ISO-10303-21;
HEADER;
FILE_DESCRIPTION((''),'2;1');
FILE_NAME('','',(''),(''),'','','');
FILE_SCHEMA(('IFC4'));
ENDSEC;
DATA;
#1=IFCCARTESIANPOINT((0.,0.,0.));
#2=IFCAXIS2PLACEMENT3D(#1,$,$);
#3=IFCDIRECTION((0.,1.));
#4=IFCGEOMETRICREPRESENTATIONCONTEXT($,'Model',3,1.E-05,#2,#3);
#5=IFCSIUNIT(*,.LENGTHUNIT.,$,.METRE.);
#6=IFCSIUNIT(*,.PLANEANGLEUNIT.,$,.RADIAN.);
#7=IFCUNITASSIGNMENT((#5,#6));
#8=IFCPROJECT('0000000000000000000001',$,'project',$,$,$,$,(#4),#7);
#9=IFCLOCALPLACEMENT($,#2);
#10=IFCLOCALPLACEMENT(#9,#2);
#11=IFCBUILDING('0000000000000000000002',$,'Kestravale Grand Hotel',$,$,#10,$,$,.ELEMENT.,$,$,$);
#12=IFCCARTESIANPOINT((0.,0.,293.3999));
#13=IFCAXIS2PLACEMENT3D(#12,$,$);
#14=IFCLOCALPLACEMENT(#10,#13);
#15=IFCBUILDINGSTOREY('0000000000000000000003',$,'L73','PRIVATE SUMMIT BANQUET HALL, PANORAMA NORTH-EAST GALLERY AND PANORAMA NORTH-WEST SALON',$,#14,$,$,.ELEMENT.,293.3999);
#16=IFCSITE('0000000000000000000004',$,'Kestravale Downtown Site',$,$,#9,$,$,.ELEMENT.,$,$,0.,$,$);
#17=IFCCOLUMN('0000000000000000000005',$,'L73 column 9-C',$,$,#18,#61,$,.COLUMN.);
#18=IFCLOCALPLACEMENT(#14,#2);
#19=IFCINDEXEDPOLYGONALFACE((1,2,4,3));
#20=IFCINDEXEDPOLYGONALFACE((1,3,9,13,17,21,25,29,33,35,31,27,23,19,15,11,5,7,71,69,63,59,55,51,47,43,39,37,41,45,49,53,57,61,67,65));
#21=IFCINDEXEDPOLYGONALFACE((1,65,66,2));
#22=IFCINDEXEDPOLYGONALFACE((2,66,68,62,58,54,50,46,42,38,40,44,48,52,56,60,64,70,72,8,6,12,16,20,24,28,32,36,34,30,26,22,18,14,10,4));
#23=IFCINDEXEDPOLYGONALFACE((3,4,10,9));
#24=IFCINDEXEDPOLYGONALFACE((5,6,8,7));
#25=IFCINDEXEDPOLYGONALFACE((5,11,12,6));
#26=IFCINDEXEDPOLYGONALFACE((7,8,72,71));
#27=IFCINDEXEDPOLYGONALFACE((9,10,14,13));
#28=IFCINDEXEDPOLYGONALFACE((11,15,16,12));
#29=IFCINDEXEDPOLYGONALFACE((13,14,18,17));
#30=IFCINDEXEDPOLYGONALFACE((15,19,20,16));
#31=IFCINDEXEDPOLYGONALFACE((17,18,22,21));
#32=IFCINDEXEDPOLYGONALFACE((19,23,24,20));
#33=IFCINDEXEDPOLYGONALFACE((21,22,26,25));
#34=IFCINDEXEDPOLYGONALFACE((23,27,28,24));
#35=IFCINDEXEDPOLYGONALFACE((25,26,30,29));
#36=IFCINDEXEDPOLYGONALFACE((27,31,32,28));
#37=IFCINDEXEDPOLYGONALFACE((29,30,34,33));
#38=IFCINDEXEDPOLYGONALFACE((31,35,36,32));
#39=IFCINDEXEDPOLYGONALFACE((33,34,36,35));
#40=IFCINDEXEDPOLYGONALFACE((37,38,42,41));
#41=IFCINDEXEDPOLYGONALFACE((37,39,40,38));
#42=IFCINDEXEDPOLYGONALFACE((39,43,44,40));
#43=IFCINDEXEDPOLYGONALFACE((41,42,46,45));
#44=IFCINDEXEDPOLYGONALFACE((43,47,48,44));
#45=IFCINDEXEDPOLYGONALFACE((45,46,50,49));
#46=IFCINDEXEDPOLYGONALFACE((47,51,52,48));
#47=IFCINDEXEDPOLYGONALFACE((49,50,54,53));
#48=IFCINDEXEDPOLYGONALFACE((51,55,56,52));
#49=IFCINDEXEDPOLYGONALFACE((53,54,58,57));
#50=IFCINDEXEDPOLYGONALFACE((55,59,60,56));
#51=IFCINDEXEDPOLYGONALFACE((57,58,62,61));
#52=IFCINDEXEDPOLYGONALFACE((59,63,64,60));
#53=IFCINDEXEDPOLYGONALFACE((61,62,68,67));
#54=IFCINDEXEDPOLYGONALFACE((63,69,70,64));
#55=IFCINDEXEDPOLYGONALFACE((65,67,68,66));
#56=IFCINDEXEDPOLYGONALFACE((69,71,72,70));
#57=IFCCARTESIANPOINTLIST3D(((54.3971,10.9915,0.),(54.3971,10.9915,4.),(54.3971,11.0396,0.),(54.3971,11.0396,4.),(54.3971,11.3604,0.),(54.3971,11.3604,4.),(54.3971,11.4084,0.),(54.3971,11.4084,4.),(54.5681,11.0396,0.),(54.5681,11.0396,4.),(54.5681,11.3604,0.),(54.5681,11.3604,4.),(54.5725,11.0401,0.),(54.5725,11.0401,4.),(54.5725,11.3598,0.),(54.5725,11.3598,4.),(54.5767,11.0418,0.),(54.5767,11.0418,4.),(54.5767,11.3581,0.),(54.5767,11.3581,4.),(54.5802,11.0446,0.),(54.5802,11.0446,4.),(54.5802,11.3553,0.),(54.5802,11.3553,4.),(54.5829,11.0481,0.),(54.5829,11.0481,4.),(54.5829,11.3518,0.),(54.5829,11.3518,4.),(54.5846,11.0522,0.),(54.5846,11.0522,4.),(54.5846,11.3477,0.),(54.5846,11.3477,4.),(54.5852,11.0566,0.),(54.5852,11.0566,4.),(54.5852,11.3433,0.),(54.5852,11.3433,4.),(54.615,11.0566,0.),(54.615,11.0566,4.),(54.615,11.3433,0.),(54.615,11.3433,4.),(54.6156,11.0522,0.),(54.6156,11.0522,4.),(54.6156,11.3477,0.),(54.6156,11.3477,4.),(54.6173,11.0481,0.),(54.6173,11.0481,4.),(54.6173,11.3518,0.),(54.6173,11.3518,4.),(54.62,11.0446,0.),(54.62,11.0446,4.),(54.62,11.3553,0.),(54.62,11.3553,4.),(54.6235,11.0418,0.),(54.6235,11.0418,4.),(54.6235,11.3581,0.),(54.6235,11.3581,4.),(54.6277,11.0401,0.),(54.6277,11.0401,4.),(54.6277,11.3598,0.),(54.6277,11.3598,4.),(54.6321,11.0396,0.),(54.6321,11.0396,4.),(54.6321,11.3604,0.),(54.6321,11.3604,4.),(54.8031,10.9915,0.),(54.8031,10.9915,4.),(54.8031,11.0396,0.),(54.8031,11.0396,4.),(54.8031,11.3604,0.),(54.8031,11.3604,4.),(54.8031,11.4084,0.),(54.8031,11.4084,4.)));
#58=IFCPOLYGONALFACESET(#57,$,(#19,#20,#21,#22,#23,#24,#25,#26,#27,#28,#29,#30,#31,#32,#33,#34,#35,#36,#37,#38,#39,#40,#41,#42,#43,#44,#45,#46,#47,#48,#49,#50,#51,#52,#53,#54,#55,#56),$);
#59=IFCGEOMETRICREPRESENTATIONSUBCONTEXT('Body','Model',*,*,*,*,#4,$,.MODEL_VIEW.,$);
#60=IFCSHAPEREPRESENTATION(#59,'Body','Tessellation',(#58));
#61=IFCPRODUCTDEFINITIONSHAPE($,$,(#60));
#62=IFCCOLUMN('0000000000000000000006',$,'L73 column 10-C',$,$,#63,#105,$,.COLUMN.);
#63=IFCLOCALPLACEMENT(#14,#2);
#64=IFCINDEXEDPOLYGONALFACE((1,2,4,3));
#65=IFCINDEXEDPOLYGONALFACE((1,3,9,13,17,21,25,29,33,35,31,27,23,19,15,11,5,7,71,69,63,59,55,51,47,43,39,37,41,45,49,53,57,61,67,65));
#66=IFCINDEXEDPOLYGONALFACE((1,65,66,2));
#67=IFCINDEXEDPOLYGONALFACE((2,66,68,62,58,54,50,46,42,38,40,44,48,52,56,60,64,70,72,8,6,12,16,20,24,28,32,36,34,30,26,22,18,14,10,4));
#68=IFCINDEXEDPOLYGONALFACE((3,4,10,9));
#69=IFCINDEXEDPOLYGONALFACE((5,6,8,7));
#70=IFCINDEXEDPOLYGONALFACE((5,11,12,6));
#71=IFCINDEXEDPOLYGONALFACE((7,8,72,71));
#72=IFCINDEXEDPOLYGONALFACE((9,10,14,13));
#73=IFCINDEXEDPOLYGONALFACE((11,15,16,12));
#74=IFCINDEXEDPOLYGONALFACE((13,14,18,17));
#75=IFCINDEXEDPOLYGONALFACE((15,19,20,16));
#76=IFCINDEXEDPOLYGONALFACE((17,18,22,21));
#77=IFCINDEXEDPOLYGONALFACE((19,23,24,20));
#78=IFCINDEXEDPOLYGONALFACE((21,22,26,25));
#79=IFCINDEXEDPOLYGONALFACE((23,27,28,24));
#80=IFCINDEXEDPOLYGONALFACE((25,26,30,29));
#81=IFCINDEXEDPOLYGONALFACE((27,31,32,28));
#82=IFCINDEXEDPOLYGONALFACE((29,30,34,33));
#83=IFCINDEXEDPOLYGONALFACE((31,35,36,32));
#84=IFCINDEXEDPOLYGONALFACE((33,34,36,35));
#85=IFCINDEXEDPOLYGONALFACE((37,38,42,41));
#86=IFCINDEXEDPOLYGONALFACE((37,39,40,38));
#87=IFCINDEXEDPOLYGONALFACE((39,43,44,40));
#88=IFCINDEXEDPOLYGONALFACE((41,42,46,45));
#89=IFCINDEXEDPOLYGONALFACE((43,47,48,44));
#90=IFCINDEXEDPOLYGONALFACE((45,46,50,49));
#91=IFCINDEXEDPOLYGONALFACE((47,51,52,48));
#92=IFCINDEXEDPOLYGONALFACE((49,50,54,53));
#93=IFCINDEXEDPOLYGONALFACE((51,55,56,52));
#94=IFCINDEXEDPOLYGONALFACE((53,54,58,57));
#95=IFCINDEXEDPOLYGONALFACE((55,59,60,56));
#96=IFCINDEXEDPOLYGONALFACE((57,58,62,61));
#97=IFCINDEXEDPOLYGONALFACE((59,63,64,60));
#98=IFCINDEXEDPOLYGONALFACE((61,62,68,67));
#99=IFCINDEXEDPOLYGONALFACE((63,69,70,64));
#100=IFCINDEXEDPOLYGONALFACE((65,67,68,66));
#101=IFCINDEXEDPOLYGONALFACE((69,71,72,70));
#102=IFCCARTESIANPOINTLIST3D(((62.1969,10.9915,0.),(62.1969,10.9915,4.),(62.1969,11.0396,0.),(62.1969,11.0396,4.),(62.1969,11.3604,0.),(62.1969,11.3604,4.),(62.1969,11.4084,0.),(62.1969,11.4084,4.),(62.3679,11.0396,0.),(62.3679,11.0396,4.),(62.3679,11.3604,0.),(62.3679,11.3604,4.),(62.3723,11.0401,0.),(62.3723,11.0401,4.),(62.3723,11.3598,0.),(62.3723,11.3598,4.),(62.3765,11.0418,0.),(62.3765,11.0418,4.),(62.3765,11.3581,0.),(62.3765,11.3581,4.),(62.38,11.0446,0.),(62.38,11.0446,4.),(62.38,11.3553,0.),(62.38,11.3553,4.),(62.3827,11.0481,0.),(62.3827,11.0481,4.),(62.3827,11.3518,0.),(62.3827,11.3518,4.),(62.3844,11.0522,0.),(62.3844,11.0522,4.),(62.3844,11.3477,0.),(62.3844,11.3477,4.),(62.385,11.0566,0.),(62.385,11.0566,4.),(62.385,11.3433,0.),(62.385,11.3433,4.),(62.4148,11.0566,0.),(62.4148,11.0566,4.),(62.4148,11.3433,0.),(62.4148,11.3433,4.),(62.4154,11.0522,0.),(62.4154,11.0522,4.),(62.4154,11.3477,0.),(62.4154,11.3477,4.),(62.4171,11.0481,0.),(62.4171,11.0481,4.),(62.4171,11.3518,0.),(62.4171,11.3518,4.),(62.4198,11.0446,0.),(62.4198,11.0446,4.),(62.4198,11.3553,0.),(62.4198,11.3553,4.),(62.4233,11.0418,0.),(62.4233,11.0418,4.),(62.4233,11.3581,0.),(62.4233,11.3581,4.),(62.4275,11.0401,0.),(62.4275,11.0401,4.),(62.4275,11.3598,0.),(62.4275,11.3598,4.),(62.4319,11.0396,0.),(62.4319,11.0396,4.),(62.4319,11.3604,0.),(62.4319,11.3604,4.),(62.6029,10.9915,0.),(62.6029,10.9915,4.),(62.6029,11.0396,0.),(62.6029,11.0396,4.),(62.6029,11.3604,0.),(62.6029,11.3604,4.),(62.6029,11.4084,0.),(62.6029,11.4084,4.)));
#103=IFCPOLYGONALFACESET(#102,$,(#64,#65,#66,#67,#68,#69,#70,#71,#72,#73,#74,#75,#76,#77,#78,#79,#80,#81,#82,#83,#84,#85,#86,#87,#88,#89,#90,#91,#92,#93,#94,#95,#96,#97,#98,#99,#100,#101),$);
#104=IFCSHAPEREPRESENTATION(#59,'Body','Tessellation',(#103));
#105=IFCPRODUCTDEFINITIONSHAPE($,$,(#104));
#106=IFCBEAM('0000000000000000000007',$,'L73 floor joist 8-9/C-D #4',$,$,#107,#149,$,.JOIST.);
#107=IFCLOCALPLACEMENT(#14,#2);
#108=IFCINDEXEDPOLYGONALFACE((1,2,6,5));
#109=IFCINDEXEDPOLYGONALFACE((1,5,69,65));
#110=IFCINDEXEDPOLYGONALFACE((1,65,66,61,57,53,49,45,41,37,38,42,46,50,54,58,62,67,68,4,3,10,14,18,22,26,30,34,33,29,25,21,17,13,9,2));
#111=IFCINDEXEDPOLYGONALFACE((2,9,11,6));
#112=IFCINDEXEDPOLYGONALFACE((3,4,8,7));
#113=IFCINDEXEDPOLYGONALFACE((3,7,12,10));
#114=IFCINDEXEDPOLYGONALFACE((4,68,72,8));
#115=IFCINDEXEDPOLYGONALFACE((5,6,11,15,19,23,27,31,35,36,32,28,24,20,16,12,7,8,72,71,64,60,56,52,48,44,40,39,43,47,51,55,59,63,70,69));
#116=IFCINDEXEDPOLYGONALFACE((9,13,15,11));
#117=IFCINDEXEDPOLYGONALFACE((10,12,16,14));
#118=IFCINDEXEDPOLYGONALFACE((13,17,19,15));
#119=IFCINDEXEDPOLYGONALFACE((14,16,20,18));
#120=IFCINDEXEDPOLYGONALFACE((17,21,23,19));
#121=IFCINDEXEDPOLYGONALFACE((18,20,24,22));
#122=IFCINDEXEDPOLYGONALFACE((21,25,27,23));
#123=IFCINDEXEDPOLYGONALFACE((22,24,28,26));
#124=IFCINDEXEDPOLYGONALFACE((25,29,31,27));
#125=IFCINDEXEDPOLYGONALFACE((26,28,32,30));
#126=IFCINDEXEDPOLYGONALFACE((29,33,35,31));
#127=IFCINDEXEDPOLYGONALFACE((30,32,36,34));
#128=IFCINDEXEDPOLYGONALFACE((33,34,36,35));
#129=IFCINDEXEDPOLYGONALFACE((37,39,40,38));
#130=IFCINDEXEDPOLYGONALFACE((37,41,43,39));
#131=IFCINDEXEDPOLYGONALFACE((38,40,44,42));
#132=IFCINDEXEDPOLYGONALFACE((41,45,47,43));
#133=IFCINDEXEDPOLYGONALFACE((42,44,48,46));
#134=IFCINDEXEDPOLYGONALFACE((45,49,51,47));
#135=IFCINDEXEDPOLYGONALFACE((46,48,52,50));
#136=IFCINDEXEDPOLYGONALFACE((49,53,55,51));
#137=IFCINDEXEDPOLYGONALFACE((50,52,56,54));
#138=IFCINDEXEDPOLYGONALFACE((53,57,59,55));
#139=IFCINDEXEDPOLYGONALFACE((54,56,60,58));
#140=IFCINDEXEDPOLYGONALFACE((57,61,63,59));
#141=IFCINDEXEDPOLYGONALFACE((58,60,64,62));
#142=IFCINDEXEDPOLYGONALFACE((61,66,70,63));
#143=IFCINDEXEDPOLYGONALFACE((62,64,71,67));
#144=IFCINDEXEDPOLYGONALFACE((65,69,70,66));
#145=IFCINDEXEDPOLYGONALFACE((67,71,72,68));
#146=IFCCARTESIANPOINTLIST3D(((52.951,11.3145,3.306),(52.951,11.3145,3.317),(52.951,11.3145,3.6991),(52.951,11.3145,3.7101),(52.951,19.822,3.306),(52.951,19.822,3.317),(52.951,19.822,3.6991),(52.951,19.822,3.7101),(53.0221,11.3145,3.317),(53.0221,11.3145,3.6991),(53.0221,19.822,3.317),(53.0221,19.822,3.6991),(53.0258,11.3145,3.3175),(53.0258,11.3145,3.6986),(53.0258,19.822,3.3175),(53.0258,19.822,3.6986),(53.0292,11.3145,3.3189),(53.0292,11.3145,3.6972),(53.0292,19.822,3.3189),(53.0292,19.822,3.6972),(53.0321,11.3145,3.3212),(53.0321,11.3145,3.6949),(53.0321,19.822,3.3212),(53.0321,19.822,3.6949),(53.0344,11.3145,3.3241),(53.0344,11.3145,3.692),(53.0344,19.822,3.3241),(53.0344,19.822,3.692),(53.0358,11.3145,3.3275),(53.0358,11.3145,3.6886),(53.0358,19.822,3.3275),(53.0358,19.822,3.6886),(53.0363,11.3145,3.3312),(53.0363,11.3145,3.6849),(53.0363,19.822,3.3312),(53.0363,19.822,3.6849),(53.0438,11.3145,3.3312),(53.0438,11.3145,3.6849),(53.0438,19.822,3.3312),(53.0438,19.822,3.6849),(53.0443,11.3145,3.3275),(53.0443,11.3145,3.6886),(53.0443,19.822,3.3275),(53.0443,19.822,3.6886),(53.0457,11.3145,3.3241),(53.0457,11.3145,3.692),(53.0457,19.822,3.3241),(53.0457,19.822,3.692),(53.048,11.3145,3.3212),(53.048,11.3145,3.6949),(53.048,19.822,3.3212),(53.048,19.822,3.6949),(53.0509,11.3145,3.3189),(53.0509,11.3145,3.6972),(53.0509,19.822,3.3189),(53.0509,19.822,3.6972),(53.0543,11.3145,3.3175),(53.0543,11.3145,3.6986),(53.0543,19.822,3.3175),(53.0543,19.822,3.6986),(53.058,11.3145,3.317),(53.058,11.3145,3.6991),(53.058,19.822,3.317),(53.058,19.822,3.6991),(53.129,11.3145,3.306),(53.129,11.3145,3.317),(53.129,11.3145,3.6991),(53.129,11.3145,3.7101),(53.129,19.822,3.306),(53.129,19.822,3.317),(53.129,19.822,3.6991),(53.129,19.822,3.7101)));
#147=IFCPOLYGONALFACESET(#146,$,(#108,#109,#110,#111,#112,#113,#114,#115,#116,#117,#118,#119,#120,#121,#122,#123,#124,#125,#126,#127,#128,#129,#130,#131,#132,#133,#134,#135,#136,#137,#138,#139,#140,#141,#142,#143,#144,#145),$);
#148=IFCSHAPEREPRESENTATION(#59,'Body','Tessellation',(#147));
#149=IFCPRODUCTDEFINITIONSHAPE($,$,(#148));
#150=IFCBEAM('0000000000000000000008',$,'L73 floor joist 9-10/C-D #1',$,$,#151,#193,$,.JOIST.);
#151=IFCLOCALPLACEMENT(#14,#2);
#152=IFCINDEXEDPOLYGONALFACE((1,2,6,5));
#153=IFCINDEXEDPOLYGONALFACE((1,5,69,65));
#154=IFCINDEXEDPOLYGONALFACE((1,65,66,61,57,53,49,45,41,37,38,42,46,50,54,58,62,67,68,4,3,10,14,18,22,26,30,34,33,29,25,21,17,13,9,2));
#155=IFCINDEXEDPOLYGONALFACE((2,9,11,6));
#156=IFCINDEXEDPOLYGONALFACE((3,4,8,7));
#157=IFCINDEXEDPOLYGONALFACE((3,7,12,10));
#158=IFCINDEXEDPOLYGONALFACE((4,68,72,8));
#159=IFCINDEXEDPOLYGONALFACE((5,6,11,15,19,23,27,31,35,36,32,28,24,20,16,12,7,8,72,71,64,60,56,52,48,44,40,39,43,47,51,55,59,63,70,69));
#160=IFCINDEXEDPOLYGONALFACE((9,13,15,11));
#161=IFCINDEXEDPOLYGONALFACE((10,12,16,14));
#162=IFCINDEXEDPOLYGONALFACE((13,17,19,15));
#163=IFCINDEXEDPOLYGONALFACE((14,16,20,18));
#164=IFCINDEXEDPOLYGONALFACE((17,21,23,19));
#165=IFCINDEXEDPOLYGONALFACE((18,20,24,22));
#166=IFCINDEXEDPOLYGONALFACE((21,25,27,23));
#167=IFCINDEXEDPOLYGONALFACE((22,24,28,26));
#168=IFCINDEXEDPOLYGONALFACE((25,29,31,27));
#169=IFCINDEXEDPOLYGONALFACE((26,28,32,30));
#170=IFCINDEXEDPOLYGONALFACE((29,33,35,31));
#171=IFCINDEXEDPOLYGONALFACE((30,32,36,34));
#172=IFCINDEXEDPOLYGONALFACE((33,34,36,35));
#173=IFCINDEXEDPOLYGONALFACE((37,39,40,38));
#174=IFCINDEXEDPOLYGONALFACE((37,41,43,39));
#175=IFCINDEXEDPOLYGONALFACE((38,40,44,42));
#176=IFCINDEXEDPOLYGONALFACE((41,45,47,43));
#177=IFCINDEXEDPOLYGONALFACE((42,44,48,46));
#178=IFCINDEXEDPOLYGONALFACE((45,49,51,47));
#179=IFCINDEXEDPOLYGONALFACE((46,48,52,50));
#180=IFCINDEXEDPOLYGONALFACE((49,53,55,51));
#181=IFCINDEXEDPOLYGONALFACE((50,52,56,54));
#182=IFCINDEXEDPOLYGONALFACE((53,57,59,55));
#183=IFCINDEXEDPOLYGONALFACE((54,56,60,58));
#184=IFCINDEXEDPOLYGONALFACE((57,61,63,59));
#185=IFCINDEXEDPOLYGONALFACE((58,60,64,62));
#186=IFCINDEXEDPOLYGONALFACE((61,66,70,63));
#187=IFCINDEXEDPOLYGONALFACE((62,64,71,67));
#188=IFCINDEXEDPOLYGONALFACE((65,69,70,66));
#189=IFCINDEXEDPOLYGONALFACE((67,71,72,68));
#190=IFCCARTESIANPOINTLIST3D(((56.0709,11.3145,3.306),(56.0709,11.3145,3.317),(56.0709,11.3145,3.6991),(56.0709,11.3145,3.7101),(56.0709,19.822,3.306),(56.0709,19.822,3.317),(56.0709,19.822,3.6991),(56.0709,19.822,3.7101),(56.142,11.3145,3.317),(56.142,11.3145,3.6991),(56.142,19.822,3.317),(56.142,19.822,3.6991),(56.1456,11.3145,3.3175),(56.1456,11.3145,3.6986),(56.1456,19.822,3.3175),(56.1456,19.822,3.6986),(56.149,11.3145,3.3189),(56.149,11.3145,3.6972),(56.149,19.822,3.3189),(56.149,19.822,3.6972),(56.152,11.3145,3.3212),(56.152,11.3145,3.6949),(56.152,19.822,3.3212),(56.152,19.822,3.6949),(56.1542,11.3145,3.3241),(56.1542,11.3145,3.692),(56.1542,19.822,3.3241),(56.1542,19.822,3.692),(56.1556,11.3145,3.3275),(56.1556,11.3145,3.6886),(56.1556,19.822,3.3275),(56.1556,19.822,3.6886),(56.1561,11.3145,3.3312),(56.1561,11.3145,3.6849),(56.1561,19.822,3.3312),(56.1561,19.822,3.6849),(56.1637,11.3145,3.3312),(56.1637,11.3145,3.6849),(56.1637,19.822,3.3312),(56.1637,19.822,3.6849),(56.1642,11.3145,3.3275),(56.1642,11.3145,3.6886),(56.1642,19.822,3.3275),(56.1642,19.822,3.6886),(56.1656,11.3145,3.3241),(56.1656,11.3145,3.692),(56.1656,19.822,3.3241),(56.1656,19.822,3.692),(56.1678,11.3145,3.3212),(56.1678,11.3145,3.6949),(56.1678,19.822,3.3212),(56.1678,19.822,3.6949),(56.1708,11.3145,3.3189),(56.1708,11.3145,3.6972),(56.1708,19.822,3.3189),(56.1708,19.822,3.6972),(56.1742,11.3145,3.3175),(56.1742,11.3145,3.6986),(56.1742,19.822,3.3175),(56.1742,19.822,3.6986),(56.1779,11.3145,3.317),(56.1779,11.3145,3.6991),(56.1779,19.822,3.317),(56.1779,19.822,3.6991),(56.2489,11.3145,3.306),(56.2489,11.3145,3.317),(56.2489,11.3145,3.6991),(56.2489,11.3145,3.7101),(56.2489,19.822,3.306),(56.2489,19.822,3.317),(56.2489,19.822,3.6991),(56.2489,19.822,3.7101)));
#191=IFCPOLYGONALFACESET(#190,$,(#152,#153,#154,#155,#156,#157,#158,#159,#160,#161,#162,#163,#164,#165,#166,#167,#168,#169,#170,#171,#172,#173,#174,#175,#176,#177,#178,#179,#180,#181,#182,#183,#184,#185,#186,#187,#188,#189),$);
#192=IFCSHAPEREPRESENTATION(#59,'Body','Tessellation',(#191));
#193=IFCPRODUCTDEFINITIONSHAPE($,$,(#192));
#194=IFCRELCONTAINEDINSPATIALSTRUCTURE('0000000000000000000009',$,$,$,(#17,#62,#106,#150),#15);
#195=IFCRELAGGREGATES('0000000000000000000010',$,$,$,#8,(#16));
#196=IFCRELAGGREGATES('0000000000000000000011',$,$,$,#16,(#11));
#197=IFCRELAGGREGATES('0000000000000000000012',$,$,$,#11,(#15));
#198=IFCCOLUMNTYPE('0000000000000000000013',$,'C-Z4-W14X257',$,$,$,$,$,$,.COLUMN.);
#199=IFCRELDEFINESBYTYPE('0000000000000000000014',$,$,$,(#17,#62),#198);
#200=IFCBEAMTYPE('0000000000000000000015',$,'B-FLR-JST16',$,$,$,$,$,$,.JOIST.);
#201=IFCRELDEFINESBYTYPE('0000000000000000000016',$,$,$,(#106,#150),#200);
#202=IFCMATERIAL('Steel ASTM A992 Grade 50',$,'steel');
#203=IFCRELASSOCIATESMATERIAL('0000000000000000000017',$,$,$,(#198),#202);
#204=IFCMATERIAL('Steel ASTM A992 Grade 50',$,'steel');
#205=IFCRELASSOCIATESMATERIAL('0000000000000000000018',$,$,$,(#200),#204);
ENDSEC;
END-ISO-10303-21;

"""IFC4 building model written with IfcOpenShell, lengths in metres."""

from ifc_helpers import new_model, si_unit, direction, frame, origin, origin_2d, place, context, subcontext, project, spatial, i_section, extrude, material, material_profile, profile_set, type_object, element, save


model = new_model("IFC4")

# Units and contexts
model_context = context("Model", 3, precision=1e-05, world=origin(), true_north=direction((0.0, 1.0)))
body_context = subcontext(model_context, "Body", "Model", "MODEL_VIEW")
ifc_project = project(units=[si_unit("LENGTHUNIT", "METRE"), si_unit("PLANEANGLEUNIT", "RADIAN")], contexts=[model_context])

# Site, building, storey
site_placement = place(None, origin())
site = spatial("IfcSite", under=ifc_project, at=site_placement, Name="Kestravale Downtown Site", CompositionType="ELEMENT", RefElevation=0.0)
building_placement = place(site_placement, origin())
building = spatial("IfcBuilding", under=site, at=building_placement, Name="Kestravale Grand Hotel", CompositionType="ELEMENT")
storey_placement = place(building_placement, frame((0.0, 0.0, 293.3999)))
storey = spatial("IfcBuildingStorey", under=building, at=storey_placement, Name="L73", Description="PRIVATE SUMMIT BANQUET HALL, PANORAMA NORTH-EAST GALLERY AND PANORAMA NORTH-WEST SALON", CompositionType="ELEMENT", Elevation=293.3999)

# Columns
ifc_material_1 = material(Name="Steel ASTM A992 Grade 50", Category="steel")
ifc_material_profile_1 = material_profile(ifc_material_1, i_section(OverallWidth=0.406, OverallDepth=0.417, WebThickness=0.0298, FlangeThickness=0.0481, FilletRadius=0.0171, at=origin_2d()))
ifc_profile_set_1 = profile_set([ifc_material_profile_1], Name="Steel ASTM A992 Grade 50")
column_type = type_object("IfcColumnType", Name="C-Z4-W14X257", PredefinedType="COLUMN", material=ifc_profile_set_1)
for number, where, z_axis, x_axis, name in (
    (1, (54.6001, 11.2, 0.0), (0.0, 0.0, 1.0), (1.0, 0.0, 0.0), "L73 column 9-C"),
    (2, (62.3999, 11.2, 0.0), (0.0, 0.0, 1.0), (1.0, 0.0, 0.0), "L73 column 10-C"),
):
    element("IfcColumn", number, at=place(storey_placement, frame(where, z_axis=z_axis, x_axis=x_axis)), inside=storey, type_object=column_type, Name=name, PredefinedType="COLUMN", context=body_context, shape_type="SweptSolid", body=[
        extrude(i_section(OverallWidth=0.406, OverallDepth=0.417, WebThickness=0.0298, FlangeThickness=0.0481, FilletRadius=0.0171, at=origin_2d()), origin(), (0.0, 0.0, 1.0), 4.0),
    ])

# Beams
ifc_material_2 = material(Name="Steel ASTM A992 Grade 50", Category="steel")
ifc_material_profile_2 = material_profile(ifc_material_2, i_section(OverallWidth=0.178, OverallDepth=0.4041, WebThickness=0.0076, FlangeThickness=0.011, FilletRadius=0.0142, at=origin_2d()))
ifc_profile_set_2 = profile_set([ifc_material_profile_2], Name="Steel ASTM A992 Grade 50")
beam_type_1 = type_object("IfcBeamType", Name="B-FLR-JST16", PredefinedType="JOIST", material=ifc_profile_set_2)
for number, where, z_axis, x_axis, name in (
    (3, (53.04, 11.3145, 3.5081), (0.0, 1.0, 0.0), (-1.0, 0.0, 0.0), "L73 floor joist 8-9/C-D #4"),
    (4, (56.1599, 11.3145, 3.5081), (0.0, 1.0, 0.0), (-1.0, 0.0, 0.0), "L73 floor joist 9-10/C-D #1"),
):
    element("IfcBeam", number, at=place(storey_placement, frame(where, z_axis=z_axis, x_axis=x_axis)), inside=storey, type_object=beam_type_1, Name=name, PredefinedType="JOIST", context=body_context, shape_type="SweptSolid", body=[
        extrude(i_section(OverallWidth=0.178, OverallDepth=0.4041, WebThickness=0.0076, FlangeThickness=0.011, FilletRadius=0.0142, at=origin_2d()), origin(), (0.0, 0.0, 1.0), 8.5076),
    ])

save(model, "model.ifc")
